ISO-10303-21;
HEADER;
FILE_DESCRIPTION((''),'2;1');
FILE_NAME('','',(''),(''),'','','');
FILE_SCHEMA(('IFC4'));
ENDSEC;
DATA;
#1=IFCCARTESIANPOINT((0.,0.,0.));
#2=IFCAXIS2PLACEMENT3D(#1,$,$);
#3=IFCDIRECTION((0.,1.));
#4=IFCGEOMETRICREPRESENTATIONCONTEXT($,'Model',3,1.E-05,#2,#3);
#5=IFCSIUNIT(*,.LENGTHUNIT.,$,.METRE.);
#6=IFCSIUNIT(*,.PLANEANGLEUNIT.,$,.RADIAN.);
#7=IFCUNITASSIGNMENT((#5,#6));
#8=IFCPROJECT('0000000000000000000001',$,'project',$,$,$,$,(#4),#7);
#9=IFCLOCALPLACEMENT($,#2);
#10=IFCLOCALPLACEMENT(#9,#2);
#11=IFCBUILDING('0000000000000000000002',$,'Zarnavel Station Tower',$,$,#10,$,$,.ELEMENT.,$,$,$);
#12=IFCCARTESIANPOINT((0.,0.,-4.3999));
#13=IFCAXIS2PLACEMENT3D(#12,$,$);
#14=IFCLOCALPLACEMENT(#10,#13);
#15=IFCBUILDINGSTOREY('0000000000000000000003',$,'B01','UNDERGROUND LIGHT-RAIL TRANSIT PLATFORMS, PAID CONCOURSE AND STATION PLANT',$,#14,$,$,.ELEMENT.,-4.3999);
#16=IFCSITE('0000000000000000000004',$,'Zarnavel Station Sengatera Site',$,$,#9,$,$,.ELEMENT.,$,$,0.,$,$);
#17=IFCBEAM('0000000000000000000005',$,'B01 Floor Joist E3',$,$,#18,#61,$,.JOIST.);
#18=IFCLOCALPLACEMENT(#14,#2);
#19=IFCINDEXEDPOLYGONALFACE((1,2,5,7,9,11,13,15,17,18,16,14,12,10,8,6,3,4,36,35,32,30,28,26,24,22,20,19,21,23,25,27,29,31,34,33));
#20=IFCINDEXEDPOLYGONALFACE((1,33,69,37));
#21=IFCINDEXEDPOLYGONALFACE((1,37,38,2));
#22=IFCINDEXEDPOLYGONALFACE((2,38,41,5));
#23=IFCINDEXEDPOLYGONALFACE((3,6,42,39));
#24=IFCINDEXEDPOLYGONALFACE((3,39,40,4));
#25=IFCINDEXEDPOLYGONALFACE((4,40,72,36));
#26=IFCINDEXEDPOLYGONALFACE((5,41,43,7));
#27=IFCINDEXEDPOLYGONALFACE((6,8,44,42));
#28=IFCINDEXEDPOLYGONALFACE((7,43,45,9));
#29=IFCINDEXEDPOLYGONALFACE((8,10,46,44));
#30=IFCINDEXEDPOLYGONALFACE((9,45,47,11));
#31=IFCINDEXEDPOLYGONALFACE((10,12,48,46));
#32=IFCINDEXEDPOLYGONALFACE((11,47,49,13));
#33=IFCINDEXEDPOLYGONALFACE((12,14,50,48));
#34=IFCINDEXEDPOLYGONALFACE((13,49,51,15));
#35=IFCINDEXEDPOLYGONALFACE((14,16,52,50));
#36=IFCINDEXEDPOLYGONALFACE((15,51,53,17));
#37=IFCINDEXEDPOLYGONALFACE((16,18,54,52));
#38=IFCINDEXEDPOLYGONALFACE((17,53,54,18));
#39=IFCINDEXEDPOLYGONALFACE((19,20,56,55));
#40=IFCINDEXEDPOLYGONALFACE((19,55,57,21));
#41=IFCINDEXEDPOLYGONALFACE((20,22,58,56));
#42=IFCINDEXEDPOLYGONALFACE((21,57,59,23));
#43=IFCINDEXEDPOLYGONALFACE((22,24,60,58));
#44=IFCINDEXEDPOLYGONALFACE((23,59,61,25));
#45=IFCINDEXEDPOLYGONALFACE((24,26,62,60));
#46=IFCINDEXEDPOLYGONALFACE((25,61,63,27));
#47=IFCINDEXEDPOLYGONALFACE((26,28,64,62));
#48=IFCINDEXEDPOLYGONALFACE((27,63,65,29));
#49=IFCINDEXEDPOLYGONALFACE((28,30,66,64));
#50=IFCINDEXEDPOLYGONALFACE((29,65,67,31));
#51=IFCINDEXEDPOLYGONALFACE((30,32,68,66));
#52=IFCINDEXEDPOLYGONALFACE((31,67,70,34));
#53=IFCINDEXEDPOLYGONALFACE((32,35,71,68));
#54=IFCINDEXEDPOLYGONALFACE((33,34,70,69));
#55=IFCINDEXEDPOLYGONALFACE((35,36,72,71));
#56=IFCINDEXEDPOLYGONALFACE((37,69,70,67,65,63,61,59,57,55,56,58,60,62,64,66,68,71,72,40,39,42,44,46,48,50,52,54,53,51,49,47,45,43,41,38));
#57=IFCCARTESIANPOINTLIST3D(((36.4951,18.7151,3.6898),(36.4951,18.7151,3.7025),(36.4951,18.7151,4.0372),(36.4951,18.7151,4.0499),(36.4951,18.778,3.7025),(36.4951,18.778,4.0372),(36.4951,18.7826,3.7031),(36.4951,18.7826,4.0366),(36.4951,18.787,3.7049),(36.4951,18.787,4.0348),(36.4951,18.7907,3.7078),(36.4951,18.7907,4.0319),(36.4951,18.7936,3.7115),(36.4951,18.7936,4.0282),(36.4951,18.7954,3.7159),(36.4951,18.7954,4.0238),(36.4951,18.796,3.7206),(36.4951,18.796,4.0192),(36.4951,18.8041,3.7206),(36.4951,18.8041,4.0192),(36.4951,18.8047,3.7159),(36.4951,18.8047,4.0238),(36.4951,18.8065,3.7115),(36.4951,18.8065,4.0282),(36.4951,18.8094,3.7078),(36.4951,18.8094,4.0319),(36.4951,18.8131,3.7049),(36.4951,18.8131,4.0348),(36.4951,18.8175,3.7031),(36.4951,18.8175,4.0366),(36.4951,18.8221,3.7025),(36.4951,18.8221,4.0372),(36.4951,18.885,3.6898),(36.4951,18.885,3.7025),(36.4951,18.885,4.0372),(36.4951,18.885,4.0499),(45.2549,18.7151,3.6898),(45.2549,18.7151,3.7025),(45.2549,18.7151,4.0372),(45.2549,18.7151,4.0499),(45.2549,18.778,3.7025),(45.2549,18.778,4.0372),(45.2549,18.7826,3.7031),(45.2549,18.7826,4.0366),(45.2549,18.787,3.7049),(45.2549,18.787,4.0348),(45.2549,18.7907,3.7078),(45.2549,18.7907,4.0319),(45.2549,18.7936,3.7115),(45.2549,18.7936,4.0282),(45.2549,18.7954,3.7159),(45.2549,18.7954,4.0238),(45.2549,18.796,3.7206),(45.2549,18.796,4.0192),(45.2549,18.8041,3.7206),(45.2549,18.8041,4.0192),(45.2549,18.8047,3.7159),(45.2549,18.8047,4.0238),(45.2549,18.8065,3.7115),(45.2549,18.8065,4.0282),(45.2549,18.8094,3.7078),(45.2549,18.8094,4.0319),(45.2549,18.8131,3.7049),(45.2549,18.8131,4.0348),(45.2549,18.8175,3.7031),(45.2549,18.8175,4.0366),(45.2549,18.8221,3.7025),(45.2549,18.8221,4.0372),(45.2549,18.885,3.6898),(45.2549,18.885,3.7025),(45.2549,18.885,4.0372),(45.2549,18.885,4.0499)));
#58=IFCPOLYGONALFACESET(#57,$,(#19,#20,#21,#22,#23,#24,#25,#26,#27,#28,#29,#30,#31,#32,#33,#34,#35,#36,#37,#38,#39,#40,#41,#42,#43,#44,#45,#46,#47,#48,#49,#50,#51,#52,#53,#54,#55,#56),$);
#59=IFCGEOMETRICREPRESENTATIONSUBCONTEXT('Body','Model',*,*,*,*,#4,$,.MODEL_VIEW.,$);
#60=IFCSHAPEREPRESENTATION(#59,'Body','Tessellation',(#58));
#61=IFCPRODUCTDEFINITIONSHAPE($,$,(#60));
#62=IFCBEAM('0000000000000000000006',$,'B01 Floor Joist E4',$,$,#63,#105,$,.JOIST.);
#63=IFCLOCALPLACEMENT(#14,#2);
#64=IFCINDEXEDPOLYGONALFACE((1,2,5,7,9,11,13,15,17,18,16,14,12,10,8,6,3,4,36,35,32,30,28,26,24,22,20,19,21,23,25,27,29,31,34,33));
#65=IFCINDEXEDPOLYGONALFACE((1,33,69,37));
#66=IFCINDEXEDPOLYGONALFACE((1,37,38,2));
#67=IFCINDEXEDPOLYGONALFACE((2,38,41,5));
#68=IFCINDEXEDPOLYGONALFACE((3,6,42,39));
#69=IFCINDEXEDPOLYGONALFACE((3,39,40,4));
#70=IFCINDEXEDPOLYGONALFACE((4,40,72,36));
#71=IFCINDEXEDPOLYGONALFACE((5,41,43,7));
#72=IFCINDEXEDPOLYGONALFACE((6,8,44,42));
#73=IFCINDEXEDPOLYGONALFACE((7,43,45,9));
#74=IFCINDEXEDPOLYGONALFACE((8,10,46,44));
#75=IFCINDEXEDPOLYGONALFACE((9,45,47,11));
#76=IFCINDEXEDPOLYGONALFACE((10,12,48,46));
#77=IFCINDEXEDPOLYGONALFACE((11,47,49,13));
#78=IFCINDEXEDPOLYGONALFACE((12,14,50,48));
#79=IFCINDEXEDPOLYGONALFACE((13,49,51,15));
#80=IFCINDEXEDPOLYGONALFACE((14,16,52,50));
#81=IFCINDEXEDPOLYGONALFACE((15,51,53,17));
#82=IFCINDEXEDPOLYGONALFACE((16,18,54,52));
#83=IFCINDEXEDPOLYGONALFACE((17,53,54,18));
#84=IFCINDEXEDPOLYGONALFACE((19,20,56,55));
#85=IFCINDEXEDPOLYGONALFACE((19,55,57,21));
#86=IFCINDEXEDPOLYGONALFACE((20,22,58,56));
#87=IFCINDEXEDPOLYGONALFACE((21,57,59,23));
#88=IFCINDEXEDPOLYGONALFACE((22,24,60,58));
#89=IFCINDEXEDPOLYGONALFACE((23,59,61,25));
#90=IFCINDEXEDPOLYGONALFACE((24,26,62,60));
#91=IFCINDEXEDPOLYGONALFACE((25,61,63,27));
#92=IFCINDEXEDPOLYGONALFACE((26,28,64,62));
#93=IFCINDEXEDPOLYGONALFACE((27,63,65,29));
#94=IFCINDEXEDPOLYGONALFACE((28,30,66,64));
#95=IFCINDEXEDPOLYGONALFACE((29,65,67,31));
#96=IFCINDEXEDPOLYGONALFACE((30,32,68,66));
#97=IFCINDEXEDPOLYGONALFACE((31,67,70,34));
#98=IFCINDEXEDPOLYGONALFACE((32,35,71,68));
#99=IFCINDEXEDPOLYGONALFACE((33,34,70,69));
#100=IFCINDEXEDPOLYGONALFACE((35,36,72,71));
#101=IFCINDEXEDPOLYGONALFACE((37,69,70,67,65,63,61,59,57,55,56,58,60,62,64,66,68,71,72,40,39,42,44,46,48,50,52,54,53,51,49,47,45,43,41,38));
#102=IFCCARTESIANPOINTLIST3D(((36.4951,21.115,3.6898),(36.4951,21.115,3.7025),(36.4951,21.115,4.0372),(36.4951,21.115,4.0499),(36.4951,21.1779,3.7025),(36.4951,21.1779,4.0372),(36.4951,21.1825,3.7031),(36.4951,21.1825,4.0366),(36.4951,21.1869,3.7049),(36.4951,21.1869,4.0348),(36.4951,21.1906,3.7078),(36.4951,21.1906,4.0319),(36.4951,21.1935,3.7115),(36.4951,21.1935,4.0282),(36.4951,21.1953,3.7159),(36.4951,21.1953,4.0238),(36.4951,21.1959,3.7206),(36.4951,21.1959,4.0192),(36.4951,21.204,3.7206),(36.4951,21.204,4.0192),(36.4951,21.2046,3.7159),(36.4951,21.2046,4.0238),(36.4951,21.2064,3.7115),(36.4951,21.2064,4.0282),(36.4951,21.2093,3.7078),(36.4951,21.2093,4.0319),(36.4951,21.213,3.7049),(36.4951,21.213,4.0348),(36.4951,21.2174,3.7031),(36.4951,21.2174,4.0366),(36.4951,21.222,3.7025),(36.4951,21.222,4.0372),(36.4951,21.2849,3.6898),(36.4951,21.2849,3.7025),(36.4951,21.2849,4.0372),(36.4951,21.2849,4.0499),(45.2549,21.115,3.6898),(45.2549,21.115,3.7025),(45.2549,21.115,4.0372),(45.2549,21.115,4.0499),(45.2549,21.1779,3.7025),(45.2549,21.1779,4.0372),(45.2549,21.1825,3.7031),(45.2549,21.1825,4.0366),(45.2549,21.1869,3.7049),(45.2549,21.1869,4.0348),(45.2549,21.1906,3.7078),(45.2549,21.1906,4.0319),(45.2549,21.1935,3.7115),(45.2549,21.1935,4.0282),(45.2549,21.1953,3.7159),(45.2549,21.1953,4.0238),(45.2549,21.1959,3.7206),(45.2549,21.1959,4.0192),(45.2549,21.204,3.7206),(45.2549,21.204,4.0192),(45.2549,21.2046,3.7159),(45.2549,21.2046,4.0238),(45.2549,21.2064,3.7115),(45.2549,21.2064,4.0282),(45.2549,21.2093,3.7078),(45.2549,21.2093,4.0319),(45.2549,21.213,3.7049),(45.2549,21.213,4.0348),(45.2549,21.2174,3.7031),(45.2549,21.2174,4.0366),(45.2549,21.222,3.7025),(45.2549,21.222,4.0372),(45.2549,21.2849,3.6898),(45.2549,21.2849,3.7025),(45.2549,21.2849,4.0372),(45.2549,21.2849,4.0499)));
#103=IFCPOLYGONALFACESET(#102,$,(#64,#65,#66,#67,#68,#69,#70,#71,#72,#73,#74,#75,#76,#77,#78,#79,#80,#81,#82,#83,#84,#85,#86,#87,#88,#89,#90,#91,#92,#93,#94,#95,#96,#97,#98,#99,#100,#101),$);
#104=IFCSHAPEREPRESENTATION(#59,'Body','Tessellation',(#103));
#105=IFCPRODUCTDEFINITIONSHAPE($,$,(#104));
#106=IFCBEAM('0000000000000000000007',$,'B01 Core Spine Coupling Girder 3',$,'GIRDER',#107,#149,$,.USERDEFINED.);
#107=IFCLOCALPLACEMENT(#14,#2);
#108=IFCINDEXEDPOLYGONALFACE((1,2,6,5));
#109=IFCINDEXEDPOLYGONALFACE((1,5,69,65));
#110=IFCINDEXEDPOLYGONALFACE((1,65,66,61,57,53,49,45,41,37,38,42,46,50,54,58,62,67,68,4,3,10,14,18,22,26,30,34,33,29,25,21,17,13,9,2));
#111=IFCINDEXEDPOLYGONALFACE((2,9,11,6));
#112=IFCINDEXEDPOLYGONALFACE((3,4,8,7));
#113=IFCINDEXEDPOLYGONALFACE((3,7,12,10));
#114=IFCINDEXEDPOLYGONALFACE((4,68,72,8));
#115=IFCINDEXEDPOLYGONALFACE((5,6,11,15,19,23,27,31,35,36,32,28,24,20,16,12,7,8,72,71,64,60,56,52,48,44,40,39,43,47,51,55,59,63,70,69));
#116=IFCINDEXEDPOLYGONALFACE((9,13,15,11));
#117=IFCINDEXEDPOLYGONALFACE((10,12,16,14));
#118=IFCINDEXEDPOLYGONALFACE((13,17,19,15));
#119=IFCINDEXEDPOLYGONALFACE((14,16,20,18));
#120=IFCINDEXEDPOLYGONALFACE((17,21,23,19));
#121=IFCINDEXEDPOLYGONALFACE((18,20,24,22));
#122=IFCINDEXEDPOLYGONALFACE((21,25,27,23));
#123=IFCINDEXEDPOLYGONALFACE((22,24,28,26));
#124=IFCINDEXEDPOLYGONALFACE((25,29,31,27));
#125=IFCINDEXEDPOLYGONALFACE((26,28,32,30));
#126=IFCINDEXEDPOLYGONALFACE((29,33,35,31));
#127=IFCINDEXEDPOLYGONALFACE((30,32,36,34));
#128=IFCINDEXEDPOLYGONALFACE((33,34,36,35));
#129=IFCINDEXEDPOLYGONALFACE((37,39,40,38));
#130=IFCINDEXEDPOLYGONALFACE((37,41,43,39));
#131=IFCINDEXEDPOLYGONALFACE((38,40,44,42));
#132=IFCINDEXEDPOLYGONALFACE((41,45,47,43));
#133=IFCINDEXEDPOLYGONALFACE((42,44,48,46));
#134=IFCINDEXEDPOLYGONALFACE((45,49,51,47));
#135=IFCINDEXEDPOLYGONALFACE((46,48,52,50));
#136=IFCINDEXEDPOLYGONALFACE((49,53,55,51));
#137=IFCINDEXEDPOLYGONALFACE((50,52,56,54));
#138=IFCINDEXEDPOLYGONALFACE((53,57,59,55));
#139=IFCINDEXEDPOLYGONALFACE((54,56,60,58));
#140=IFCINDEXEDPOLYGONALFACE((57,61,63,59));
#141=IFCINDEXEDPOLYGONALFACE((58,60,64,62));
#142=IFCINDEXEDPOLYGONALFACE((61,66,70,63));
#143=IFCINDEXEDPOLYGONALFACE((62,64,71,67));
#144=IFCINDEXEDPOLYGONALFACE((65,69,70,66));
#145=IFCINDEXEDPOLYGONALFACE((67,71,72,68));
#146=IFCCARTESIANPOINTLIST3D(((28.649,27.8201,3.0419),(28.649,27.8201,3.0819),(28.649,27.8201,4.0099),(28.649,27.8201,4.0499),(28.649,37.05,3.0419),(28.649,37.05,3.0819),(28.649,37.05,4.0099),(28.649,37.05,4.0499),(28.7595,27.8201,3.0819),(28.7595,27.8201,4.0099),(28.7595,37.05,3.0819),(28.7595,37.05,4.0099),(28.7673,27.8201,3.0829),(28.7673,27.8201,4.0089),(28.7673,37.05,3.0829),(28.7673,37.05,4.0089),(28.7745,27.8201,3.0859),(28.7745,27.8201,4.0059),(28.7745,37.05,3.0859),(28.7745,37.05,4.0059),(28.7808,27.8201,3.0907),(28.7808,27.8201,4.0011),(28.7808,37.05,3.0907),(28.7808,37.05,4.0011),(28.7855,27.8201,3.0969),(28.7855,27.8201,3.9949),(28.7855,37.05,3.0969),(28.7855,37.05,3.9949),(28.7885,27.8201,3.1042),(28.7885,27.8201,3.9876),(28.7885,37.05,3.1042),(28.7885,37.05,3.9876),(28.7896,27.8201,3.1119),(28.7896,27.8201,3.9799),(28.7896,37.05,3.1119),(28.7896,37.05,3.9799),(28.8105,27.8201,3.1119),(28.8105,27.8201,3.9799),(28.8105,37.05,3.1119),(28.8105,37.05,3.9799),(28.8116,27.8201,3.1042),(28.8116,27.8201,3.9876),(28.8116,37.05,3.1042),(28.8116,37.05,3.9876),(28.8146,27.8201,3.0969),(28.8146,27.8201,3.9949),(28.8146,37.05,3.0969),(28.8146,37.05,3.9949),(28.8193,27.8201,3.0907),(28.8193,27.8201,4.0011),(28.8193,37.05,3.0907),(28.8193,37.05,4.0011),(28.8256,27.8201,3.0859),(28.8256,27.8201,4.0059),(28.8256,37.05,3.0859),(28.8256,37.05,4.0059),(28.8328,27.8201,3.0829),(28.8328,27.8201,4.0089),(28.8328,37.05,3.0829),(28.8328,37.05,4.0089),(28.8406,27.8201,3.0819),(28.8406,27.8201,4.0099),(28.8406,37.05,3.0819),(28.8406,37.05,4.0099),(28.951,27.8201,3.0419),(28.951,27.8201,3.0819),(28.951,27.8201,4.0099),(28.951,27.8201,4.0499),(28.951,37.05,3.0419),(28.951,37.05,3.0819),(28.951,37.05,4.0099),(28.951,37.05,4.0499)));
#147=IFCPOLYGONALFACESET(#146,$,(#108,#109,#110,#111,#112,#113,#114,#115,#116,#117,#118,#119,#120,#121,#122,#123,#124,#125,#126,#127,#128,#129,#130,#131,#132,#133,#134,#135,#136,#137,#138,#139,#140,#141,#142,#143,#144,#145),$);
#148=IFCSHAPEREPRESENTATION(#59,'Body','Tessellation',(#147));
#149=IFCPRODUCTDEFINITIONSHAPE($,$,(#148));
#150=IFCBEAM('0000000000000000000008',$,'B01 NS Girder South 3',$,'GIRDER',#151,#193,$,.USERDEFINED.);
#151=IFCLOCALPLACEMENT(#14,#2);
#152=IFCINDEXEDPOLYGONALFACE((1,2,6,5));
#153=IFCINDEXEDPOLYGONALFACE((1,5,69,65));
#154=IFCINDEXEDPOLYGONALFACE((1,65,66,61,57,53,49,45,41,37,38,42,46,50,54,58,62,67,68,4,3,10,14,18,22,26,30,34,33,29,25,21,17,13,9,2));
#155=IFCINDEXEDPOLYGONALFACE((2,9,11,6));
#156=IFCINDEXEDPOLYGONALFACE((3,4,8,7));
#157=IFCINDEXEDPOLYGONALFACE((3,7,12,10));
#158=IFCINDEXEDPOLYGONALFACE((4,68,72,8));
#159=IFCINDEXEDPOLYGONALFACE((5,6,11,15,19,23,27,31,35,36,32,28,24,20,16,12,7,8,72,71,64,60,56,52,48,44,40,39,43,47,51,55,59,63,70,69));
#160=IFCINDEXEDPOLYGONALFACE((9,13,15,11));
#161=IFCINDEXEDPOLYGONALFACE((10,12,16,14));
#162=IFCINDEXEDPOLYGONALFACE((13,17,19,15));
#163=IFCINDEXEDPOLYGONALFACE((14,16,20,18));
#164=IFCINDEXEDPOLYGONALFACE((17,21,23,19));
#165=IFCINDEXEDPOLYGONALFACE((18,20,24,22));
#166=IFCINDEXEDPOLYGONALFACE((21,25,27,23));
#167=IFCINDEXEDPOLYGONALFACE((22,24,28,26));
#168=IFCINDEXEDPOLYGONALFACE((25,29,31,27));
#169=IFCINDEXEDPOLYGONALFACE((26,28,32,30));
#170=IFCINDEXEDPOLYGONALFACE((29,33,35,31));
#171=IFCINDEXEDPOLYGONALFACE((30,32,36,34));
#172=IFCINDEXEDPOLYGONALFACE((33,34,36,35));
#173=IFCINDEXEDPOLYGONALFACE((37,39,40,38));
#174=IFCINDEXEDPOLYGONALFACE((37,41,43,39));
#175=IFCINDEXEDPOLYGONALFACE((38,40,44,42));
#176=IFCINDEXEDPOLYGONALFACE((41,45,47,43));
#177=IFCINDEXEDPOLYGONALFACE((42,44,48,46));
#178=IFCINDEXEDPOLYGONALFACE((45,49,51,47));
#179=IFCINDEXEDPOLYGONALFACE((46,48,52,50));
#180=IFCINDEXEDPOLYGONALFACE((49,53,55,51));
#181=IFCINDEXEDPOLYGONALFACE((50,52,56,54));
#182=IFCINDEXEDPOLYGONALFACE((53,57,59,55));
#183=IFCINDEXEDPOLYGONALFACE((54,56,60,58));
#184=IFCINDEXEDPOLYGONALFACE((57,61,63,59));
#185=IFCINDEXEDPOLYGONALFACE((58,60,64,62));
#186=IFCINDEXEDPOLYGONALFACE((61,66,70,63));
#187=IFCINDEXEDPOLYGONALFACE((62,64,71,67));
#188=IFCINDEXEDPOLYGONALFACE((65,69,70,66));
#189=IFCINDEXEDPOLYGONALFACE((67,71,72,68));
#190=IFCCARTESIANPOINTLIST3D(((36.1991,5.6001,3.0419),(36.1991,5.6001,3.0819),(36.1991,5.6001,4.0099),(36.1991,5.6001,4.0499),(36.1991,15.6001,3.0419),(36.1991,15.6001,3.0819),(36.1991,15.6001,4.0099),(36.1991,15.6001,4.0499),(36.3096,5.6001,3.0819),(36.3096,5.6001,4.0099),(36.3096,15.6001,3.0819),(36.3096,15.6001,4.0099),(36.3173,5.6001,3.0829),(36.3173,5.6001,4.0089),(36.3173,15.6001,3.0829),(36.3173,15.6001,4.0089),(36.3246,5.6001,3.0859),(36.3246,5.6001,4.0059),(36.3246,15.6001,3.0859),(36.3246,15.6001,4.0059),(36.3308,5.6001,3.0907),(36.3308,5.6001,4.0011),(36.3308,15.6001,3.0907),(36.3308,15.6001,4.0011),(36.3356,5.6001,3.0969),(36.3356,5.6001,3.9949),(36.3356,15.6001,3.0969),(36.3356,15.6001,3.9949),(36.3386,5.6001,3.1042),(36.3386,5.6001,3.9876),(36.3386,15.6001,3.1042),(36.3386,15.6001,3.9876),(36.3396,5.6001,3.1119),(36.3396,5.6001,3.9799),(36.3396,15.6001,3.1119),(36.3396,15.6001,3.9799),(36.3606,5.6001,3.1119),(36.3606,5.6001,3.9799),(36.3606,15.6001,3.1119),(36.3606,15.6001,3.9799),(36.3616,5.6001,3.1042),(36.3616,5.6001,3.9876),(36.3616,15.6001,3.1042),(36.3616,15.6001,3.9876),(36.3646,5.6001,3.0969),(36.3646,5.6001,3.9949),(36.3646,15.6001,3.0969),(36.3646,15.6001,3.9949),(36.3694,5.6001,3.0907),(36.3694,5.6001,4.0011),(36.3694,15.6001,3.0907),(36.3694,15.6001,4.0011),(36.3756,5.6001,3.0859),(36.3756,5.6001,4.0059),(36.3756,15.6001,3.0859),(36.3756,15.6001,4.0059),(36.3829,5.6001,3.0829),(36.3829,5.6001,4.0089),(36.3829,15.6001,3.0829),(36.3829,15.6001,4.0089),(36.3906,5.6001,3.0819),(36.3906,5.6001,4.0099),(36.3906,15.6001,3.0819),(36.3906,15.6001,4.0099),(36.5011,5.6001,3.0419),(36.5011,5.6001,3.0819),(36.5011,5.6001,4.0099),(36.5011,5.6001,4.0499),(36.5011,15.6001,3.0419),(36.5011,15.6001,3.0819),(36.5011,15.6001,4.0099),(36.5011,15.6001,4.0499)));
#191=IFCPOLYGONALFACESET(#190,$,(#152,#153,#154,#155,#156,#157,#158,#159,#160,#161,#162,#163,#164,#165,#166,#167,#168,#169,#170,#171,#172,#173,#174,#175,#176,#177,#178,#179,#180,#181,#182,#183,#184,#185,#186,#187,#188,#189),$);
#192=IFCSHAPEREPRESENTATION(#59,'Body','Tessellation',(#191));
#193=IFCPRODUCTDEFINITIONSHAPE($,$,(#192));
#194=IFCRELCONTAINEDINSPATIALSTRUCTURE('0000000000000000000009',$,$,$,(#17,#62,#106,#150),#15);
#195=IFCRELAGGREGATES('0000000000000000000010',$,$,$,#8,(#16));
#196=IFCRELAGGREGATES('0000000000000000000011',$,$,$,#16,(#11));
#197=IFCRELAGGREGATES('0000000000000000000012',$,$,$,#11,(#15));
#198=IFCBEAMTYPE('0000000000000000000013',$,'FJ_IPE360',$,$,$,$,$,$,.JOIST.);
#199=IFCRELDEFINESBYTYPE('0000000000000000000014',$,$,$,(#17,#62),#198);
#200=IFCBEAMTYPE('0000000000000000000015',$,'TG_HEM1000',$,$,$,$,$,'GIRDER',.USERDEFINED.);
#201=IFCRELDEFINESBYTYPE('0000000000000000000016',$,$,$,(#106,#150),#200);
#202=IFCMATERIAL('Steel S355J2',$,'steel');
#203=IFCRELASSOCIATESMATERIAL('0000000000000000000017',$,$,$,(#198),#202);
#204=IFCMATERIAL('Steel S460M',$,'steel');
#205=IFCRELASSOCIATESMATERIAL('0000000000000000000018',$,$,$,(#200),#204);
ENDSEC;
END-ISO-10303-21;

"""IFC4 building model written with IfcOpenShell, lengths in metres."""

from ifc_helpers import new_model, si_unit, direction, frame, origin, origin_2d, place, context, subcontext, project, spatial, i_section, extrude, material, material_profile, profile_set, type_object, element, save


model = new_model("IFC4")

# Units and contexts
model_context = context("Model", 3, precision=1e-05, world=origin(), true_north=direction((0.0, 1.0)))
body_context = subcontext(model_context, "Body", "Model", "MODEL_VIEW")
ifc_project = project(units=[si_unit("LENGTHUNIT", "METRE"), si_unit("PLANEANGLEUNIT", "RADIAN")], contexts=[model_context])

# Site, building, storey
site_placement = place(None, origin())
site = spatial("IfcSite", under=ifc_project, at=site_placement, Name="Zarnavel Station Sengatera Site", CompositionType="ELEMENT", RefElevation=0.0)
building_placement = place(site_placement, origin())
building = spatial("IfcBuilding", under=site, at=building_placement, Name="Zarnavel Station Tower", CompositionType="ELEMENT")
storey_placement = place(building_placement, frame((0.0, 0.0, -4.3999)))
storey = spatial("IfcBuildingStorey", under=building, at=storey_placement, Name="B01", Description="UNDERGROUND LIGHT-RAIL TRANSIT PLATFORMS, PAID CONCOURSE AND STATION PLANT", CompositionType="ELEMENT", Elevation=-4.3999)

# Beams
ifc_material_1 = material(Name="Steel S355J2", Category="steel")
ifc_material_profile_1 = material_profile(ifc_material_1, i_section(OverallWidth=0.1699, OverallDepth=0.3601, WebThickness=0.0081, FlangeThickness=0.0127, FilletRadius=0.0181, at=origin_2d()), Name="IPE360")
ifc_profile_set_1 = profile_set([ifc_material_profile_1], Name="Steel S355J2")
beam_type_1 = type_object("IfcBeamType", Name="FJ_IPE360", PredefinedType="JOIST", material=ifc_profile_set_1)
for number, where, z_axis, x_axis, name in (
    (1, (36.4951, 18.8, 3.8699), (1.0, 0.0, 0.0), (0.0, 1.0, 0.0), "B01 Floor Joist E3"),
    (2, (36.4951, 21.2, 3.8699), (1.0, 0.0, 0.0), (0.0, 1.0, 0.0), "B01 Floor Joist E4"),
):
    element("IfcBeam", number, at=place(storey_placement, frame(where, z_axis=z_axis, x_axis=x_axis)), inside=storey, type_object=beam_type_1, Name=name, PredefinedType="JOIST", context=body_context, shape_type="SweptSolid", body=[
        extrude(i_section(OverallWidth=0.1699, OverallDepth=0.3601, WebThickness=0.0081, FlangeThickness=0.0127, FilletRadius=0.0181, at=origin_2d()), origin(), (0.0, 0.0, 1.0), 8.7598),
    ])
ifc_material_2 = material(Name="Steel S460M", Category="steel")
ifc_material_profile_2 = material_profile(ifc_material_2, i_section(OverallWidth=0.302, OverallDepth=1.0081, WebThickness=0.021, FlangeThickness=0.04, FilletRadius=0.03, at=origin_2d()), Name="HEM1000")
ifc_profile_set_2 = profile_set([ifc_material_profile_2], Name="Steel S460M")
beam_type_2 = type_object("IfcBeamType", Name="TG_HEM1000", ElementType="GIRDER", PredefinedType="USERDEFINED", material=ifc_profile_set_2)
beam_1_placement = place(storey_placement, frame((28.8, 27.8201, 3.5459), z_axis=(0.0, 1.0, 0.0), x_axis=(-1.0, 0.0, 0.0)))
element("IfcBeam", 3, at=beam_1_placement, inside=storey, type_object=beam_type_2, Name="B01 Core Spine Coupling Girder 3", ObjectType="GIRDER", PredefinedType="USERDEFINED", context=body_context, shape_type="SweptSolid", body=[
    extrude(i_section(OverallWidth=0.302, OverallDepth=1.0081, WebThickness=0.021, FlangeThickness=0.04, FilletRadius=0.03, at=origin_2d()), origin(), (0.0, 0.0, 1.0), 9.23),
])
beam_2_placement = place(storey_placement, frame((36.3501, 5.6001, 3.5459), z_axis=(0.0, 1.0, 0.0), x_axis=(-1.0, 0.0, 0.0)))
element("IfcBeam", 4, at=beam_2_placement, inside=storey, type_object=beam_type_2, Name="B01 NS Girder South 3", ObjectType="GIRDER", PredefinedType="USERDEFINED", context=body_context, shape_type="SweptSolid", body=[
    extrude(i_section(OverallWidth=0.302, OverallDepth=1.0081, WebThickness=0.021, FlangeThickness=0.04, FilletRadius=0.03, at=origin_2d()), origin(), (0.0, 0.0, 1.0), 10.0),
])

save(model, "model.ifc")
